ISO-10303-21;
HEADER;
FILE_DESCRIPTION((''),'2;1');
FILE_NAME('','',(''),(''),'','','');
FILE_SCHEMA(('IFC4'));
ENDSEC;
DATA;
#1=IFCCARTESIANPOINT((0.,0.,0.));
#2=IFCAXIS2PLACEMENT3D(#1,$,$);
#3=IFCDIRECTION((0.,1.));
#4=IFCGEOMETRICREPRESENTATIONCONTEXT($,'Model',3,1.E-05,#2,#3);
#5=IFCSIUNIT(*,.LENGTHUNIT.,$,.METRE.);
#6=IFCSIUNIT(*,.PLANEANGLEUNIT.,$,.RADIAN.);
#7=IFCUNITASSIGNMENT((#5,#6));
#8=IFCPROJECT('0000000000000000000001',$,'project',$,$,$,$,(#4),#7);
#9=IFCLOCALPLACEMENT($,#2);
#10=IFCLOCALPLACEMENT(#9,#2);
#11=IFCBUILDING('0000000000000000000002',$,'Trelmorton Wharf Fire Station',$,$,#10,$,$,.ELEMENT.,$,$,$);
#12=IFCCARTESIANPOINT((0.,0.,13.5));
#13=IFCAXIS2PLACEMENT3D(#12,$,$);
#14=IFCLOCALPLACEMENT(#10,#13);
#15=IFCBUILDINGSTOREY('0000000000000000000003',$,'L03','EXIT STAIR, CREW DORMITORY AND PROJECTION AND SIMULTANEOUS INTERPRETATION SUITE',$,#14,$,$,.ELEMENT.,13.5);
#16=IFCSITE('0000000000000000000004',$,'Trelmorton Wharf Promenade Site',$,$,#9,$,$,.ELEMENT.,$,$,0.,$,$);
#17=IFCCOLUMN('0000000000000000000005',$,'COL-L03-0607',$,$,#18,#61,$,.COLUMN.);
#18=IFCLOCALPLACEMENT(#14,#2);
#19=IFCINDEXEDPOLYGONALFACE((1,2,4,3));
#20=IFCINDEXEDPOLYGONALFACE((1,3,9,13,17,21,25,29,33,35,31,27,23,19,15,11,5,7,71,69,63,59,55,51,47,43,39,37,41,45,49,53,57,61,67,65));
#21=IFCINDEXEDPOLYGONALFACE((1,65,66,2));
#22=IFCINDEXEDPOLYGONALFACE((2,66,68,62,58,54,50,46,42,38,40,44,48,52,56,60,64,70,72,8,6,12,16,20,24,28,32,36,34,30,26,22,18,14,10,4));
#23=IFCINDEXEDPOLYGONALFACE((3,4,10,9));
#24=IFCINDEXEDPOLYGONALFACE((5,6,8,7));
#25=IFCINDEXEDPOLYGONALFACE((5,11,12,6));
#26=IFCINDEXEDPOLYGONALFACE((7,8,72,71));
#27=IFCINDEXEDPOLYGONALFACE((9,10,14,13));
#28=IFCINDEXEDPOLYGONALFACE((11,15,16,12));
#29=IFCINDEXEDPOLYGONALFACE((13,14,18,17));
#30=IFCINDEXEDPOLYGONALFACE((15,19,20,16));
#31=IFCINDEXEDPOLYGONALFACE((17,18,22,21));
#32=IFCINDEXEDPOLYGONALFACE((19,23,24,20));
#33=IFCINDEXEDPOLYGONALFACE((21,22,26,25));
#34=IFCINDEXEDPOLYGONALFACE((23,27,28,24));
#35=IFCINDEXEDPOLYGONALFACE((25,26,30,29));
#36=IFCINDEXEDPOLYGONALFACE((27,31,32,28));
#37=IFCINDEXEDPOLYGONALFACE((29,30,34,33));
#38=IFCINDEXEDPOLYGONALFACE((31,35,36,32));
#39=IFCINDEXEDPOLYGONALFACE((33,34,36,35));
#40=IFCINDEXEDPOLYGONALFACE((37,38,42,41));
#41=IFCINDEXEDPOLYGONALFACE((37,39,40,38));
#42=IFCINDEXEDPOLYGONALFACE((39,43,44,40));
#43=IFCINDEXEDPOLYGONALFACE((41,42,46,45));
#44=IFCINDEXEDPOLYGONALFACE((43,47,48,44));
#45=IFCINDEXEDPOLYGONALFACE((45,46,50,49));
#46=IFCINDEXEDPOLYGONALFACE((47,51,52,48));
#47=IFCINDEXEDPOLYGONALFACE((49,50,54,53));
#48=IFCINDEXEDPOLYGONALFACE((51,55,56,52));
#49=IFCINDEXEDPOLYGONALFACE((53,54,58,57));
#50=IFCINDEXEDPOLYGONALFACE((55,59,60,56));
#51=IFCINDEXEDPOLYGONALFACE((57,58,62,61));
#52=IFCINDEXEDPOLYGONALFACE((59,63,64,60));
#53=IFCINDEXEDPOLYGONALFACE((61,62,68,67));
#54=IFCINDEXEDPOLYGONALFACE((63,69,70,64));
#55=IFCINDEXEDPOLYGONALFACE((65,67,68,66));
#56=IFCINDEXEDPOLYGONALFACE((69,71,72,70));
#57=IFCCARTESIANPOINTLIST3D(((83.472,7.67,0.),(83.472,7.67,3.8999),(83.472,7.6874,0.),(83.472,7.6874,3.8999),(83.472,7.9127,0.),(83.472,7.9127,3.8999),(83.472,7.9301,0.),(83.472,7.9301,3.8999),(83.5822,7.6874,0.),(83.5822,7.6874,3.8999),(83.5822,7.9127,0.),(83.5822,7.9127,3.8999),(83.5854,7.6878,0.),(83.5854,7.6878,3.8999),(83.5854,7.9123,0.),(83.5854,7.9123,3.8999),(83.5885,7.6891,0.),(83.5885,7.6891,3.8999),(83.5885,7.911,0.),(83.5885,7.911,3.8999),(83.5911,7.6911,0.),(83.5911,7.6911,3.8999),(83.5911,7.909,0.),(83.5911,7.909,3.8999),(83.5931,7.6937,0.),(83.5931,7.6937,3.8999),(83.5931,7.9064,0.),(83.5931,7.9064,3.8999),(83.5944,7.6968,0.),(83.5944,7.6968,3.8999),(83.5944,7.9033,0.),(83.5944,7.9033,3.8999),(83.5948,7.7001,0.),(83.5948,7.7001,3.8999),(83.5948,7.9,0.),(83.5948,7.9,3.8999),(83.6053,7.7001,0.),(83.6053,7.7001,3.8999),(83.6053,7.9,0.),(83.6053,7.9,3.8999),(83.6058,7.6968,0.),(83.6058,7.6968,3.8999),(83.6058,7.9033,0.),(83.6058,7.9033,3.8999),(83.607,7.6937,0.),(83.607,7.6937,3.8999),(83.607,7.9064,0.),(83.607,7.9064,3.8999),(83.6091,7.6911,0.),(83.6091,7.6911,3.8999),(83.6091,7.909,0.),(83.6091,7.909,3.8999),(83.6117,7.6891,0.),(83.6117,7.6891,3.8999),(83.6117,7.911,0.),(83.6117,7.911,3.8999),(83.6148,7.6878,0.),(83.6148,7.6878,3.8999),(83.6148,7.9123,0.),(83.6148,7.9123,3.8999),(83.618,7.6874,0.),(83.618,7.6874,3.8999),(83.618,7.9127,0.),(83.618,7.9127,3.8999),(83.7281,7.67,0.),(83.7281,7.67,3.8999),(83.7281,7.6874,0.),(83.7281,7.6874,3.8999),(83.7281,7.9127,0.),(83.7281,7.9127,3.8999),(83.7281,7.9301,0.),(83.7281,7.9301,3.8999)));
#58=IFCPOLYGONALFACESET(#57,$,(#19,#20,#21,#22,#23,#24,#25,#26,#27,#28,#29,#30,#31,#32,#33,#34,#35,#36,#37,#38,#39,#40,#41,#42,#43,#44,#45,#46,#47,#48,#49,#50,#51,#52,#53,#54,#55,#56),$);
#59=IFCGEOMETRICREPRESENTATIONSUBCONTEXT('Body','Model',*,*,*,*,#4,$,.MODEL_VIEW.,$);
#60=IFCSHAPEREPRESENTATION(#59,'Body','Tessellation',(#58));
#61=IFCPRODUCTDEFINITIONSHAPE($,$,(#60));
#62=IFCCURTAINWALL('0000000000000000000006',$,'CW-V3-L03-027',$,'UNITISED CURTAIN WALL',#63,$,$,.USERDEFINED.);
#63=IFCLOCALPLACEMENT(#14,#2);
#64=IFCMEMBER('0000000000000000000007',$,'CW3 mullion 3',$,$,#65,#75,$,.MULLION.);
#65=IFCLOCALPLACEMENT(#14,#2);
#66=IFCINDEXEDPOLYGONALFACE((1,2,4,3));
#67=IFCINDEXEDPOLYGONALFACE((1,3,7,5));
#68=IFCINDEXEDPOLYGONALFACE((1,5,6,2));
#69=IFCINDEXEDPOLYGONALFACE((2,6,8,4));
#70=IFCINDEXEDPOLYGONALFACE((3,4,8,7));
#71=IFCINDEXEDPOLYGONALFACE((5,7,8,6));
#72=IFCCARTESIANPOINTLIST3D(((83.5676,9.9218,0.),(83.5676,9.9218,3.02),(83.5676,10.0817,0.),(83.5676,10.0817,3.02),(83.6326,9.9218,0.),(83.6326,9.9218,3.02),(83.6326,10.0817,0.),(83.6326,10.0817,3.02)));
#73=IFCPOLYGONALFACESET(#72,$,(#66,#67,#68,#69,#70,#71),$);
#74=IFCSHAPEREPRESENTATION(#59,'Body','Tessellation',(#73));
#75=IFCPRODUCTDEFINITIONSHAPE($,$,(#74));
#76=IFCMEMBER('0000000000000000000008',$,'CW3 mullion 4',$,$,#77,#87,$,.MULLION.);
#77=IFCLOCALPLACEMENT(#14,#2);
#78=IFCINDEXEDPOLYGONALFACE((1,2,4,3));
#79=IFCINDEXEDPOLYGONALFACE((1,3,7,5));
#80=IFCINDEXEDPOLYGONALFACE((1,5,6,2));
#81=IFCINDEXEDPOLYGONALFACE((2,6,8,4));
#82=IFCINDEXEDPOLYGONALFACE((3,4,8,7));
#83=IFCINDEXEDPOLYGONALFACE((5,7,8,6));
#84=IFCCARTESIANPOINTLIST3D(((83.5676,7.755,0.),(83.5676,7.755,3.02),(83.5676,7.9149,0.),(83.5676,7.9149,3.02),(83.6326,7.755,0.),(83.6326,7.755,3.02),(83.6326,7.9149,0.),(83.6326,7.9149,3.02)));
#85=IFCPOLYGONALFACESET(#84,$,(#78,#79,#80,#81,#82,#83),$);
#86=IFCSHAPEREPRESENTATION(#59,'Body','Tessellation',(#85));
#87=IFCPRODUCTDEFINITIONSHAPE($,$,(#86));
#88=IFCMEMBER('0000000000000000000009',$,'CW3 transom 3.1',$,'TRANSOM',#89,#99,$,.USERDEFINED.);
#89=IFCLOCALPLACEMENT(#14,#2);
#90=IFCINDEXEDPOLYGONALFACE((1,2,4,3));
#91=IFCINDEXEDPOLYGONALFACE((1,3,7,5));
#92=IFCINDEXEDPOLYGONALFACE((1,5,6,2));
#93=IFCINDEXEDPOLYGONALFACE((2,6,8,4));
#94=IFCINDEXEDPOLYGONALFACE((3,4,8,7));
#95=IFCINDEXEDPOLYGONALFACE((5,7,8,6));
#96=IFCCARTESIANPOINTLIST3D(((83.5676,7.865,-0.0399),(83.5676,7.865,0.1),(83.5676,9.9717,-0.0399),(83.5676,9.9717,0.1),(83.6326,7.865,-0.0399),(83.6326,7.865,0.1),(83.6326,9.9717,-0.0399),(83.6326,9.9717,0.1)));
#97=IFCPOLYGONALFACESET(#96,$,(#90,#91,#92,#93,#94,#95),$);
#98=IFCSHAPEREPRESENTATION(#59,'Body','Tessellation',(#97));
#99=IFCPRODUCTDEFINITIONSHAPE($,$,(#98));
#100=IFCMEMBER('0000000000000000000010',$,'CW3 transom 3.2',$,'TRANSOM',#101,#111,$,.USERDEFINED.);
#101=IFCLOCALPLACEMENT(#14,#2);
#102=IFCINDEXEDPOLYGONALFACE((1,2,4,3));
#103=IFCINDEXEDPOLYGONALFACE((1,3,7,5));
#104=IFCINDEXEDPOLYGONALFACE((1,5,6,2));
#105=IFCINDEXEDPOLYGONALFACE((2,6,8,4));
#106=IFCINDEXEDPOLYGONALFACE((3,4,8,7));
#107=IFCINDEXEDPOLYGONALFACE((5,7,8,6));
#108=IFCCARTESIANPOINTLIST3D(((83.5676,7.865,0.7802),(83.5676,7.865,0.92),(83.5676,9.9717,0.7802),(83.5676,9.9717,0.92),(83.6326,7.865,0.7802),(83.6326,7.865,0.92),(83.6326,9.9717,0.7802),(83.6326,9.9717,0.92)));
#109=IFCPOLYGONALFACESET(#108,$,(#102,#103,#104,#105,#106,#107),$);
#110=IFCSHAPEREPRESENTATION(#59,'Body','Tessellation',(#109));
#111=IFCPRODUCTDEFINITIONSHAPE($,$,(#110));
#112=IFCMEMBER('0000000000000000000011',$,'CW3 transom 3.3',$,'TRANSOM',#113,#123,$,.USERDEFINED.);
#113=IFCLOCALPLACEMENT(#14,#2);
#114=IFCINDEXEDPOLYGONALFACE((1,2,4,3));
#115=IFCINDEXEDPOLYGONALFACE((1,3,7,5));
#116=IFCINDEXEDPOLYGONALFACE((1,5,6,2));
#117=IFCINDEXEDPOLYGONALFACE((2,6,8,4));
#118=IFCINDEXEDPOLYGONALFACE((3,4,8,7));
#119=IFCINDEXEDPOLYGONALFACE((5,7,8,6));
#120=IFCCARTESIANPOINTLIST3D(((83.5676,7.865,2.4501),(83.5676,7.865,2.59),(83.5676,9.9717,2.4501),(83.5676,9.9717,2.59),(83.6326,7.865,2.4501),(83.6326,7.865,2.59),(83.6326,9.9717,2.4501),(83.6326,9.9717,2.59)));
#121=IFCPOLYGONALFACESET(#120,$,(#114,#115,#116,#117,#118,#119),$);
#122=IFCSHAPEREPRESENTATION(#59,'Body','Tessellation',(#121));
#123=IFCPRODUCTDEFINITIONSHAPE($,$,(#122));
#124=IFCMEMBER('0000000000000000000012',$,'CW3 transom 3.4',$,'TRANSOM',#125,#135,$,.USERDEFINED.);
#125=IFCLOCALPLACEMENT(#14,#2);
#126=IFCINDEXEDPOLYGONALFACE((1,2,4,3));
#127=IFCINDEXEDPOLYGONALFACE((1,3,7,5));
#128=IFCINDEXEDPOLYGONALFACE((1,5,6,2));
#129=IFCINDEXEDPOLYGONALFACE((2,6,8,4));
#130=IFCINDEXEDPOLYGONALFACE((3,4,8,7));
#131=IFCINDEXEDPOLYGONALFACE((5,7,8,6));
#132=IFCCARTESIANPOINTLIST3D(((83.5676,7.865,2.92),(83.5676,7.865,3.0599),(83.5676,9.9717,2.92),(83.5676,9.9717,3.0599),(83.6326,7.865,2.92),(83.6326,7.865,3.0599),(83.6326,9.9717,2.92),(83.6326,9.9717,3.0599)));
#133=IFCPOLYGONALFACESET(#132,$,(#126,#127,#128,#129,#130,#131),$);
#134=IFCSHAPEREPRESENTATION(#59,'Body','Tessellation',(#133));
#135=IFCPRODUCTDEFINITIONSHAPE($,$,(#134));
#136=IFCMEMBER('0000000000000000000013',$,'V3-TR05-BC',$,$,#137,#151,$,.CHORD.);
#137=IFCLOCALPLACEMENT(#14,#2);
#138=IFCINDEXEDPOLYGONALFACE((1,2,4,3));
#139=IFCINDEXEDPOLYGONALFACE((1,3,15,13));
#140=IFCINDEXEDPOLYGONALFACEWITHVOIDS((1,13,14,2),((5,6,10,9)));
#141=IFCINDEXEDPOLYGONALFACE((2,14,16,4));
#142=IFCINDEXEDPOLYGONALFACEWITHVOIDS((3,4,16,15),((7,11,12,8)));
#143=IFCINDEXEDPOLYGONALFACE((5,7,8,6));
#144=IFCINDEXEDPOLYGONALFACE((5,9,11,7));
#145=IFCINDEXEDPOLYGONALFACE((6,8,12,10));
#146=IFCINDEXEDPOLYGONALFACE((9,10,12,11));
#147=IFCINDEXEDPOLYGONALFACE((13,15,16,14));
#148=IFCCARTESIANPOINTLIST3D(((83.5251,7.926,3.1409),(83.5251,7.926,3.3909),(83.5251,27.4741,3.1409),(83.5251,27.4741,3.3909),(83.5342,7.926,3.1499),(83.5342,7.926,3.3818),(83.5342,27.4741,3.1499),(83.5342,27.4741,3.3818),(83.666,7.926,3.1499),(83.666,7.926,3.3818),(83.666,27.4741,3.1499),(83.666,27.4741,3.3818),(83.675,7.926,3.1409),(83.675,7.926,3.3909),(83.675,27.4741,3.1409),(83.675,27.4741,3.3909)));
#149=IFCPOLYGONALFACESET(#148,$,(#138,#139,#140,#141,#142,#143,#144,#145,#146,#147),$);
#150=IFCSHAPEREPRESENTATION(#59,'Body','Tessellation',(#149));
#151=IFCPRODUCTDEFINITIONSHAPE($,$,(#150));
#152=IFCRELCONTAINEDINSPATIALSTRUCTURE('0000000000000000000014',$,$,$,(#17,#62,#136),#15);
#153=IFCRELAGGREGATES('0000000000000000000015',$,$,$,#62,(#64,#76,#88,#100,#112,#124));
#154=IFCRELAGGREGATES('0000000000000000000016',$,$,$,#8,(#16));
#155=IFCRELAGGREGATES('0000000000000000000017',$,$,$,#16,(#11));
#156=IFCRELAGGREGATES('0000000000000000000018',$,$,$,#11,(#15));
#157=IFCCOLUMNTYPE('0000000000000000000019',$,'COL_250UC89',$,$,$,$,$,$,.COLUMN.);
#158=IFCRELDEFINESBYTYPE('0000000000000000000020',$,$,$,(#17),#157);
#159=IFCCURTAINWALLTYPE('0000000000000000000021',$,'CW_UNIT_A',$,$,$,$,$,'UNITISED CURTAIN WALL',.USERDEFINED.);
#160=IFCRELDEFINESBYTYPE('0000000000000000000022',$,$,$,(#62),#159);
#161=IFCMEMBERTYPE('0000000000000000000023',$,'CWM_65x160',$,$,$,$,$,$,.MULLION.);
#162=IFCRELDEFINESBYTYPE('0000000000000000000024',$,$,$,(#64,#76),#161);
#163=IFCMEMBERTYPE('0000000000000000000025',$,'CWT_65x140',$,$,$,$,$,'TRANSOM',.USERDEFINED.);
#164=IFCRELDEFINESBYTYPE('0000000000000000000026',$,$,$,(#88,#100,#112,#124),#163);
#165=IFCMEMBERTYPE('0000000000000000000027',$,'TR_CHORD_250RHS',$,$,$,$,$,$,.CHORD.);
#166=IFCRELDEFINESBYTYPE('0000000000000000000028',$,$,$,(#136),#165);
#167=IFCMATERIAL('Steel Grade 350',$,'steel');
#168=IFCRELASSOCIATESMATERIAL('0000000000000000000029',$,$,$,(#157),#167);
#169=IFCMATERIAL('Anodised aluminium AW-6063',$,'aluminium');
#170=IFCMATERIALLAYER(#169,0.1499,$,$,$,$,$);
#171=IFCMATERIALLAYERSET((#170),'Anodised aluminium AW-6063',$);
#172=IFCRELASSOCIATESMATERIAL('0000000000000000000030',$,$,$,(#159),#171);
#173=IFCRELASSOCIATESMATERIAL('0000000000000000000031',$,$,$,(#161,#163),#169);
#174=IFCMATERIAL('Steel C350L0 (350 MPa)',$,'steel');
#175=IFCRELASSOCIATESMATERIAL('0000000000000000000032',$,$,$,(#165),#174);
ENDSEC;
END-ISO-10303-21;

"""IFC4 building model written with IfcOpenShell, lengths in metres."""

from ifc_helpers import new_model, si_unit, direction, frame, origin, origin_2d, place, context, subcontext, project, spatial, rectangle, hollow_rectangle, i_section, extrude, material, layer, layer_set, material_profile, profile_set, type_object, element, aggregate, save


model = new_model("IFC4")

# Units and contexts
model_context = context("Model", 3, precision=1e-05, world=origin(), true_north=direction((0.0, 1.0)))
body_context = subcontext(model_context, "Body", "Model", "MODEL_VIEW")
ifc_project = project(units=[si_unit("LENGTHUNIT", "METRE"), si_unit("PLANEANGLEUNIT", "RADIAN")], contexts=[model_context])

# Site, building, storey
site_placement = place(None, origin())
site = spatial("IfcSite", under=ifc_project, at=site_placement, Name="Trelmorton Wharf Promenade Site", CompositionType="ELEMENT", RefElevation=0.0)
building_placement = place(site_placement, origin())
building = spatial("IfcBuilding", under=site, at=building_placement, Name="Trelmorton Wharf Fire Station", CompositionType="ELEMENT")
storey_placement = place(building_placement, frame((0.0, 0.0, 13.5)))
storey = spatial("IfcBuildingStorey", under=building, at=storey_placement, Name="L03", Description="EXIT STAIR, CREW DORMITORY AND PROJECTION AND SIMULTANEOUS INTERPRETATION SUITE", CompositionType="ELEMENT", Elevation=13.5)

# Column
ifc_material_1 = material(Name="Steel Grade 350", Category="steel")
ifc_material_profile_1 = material_profile(ifc_material_1, i_section(OverallWidth=0.2561, OverallDepth=0.26, WebThickness=0.0105, FlangeThickness=0.0173, FilletRadius=0.0127, at=origin_2d()), Name="250UC89.5")
ifc_profile_set_1 = profile_set([ifc_material_profile_1], Name="Steel Grade 350")
column_type = type_object("IfcColumnType", Name="COL_250UC89", PredefinedType="COLUMN", material=ifc_profile_set_1)
column_placement = place(storey_placement, frame((83.6001, 7.8, 0.0), z_axis=(0.0, 0.0, 1.0), x_axis=(1.0, 0.0, 0.0)))
element("IfcColumn", 1, at=column_placement, inside=storey, type_object=column_type, Name="COL-L03-0607", PredefinedType="COLUMN", context=body_context, shape_type="SweptSolid", body=[
    extrude(i_section(OverallWidth=0.2561, OverallDepth=0.26, WebThickness=0.0105, FlangeThickness=0.0173, FilletRadius=0.0127, at=origin_2d()), origin(), (0.0, 0.0, 1.0), 3.8999),
])

# Curtain wall, members
ifc_material_2 = material(Name="Anodised aluminium AW-6063", Category="aluminium")
ifc_layer_1 = layer(ifc_material_2, 0.1499)
ifc_layer_set_1 = layer_set([ifc_layer_1], Name="Anodised aluminium AW-6063")
curtain_wall_type = type_object("IfcCurtainWallType", Name="CW_UNIT_A", ElementType="UNITISED CURTAIN WALL", PredefinedType="USERDEFINED", material=ifc_layer_set_1)
curtain_wall_placement = place(storey_placement, origin())
curtain_wall = element("IfcCurtainWall", 2, at=curtain_wall_placement, inside=storey, type_object=curtain_wall_type, Name="CW-V3-L03-027", ObjectType="UNITISED CURTAIN WALL", PredefinedType="USERDEFINED")
ifc_material_profile_2 = material_profile(ifc_material_2, rectangle(XDim=0.0649, YDim=0.1599, at=origin_2d()), Name="ALU-65x160")
ifc_profile_set_2 = profile_set([ifc_material_profile_2], Name="Anodised aluminium AW-6063")
member_type_1 = type_object("IfcMemberType", Name="CWM_65x160", PredefinedType="MULLION", material=ifc_profile_set_2)
member_1_placement = place(storey_placement, frame((83.6001, 10.0017, 0.0), z_axis=(0.0, 0.0, 1.0), x_axis=(1.0, 0.0, 0.0)))
member_1 = element("IfcMember", 3, at=member_1_placement, type_object=member_type_1, Name="CW3 mullion 3", PredefinedType="MULLION", context=body_context, shape_type="SweptSolid", body=[
    extrude(rectangle(XDim=0.0649, YDim=0.1599, at=origin_2d()), origin(), (0.0, 0.0, 1.0), 3.02),
])
member_2_placement = place(storey_placement, frame((83.6001, 7.835, 0.0), z_axis=(0.0, 0.0, 1.0), x_axis=(1.0, 0.0, 0.0)))
member_2 = element("IfcMember", 4, at=member_2_placement, type_object=member_type_1, Name="CW3 mullion 4", PredefinedType="MULLION", context=body_context, shape_type="SweptSolid", body=[
    extrude(rectangle(XDim=0.0649, YDim=0.1599, at=origin_2d()), origin(), (0.0, 0.0, 1.0), 3.02),
])
ifc_material_profile_3 = material_profile(ifc_material_2, rectangle(XDim=0.0649, YDim=0.1399, at=origin_2d()), Name="ALU-65x140")
ifc_profile_set_3 = profile_set([ifc_material_profile_3], Name="Anodised aluminium AW-6063")
member_type_2 = type_object("IfcMemberType", Name="CWT_65x140", ElementType="TRANSOM", PredefinedType="USERDEFINED", material=ifc_profile_set_3)
member_3_placement = place(storey_placement, frame((83.6001, 9.9717, 0.03), z_axis=(0.0, -1.0, 0.0), x_axis=(1.0, 0.0, 0.0)))
member_3 = element("IfcMember", 5, at=member_3_placement, type_object=member_type_2, Name="CW3 transom 3.1", ObjectType="TRANSOM", PredefinedType="USERDEFINED", context=body_context, shape_type="SweptSolid", body=[
    extrude(rectangle(XDim=0.0649, YDim=0.1399, at=origin_2d()), origin(), (0.0, 0.0, 1.0), 2.1067),
])
member_4_placement = place(storey_placement, frame((83.6001, 9.9717, 0.8501), z_axis=(0.0, -1.0, 0.0), x_axis=(1.0, 0.0, 0.0)))
member_4 = element("IfcMember", 6, at=member_4_placement, type_object=member_type_2, Name="CW3 transom 3.2", ObjectType="TRANSOM", PredefinedType="USERDEFINED", context=body_context, shape_type="SweptSolid", body=[
    extrude(rectangle(XDim=0.0649, YDim=0.1399, at=origin_2d()), origin(), (0.0, 0.0, 1.0), 2.1067),
])
member_5_placement = place(storey_placement, frame((83.6001, 9.9717, 2.52), z_axis=(0.0, -1.0, 0.0), x_axis=(1.0, 0.0, 0.0)))
member_5 = element("IfcMember", 7, at=member_5_placement, type_object=member_type_2, Name="CW3 transom 3.3", ObjectType="TRANSOM", PredefinedType="USERDEFINED", context=body_context, shape_type="SweptSolid", body=[
    extrude(rectangle(XDim=0.0649, YDim=0.1399, at=origin_2d()), origin(), (0.0, 0.0, 1.0), 2.1067),
])
member_6_placement = place(storey_placement, frame((83.6001, 9.9717, 2.99), z_axis=(0.0, -1.0, 0.0), x_axis=(1.0, 0.0, 0.0)))
member_6 = element("IfcMember", 8, at=member_6_placement, type_object=member_type_2, Name="CW3 transom 3.4", ObjectType="TRANSOM", PredefinedType="USERDEFINED", context=body_context, shape_type="SweptSolid", body=[
    extrude(rectangle(XDim=0.0649, YDim=0.1399, at=origin_2d()), origin(), (0.0, 0.0, 1.0), 2.1067),
])

# Member
ifc_material_3 = material(Name="Steel C350L0 (350 MPa)", Category="steel")
ifc_material_profile_4 = material_profile(ifc_material_3, hollow_rectangle(XDim=0.1499, YDim=0.25, WallThickness=0.009, at=origin_2d()), Name="250x150x9.0RHS")
ifc_profile_set_4 = profile_set([ifc_material_profile_4], Name="Steel C350L0 (350 MPa)")
member_type_3 = type_object("IfcMemberType", Name="TR_CHORD_250RHS", PredefinedType="CHORD", material=ifc_profile_set_4)
member_7_placement = place(storey_placement, frame((83.6001, 7.926, 3.2659), z_axis=(0.0, 1.0, 0.0), x_axis=(-1.0, 0.0, 0.0)))
element("IfcMember", 9, at=member_7_placement, inside=storey, type_object=member_type_3, Name="V3-TR05-BC", PredefinedType="CHORD", context=body_context, shape_type="SweptSolid", body=[
    extrude(hollow_rectangle(XDim=0.1499, YDim=0.25, WallThickness=0.009, at=origin_2d()), origin(), (0.0, 0.0, 1.0), 19.5481),
])

aggregate(curtain_wall, [member_1, member_2, member_3, member_4, member_5, member_6])

save(model, "model.ifc")
